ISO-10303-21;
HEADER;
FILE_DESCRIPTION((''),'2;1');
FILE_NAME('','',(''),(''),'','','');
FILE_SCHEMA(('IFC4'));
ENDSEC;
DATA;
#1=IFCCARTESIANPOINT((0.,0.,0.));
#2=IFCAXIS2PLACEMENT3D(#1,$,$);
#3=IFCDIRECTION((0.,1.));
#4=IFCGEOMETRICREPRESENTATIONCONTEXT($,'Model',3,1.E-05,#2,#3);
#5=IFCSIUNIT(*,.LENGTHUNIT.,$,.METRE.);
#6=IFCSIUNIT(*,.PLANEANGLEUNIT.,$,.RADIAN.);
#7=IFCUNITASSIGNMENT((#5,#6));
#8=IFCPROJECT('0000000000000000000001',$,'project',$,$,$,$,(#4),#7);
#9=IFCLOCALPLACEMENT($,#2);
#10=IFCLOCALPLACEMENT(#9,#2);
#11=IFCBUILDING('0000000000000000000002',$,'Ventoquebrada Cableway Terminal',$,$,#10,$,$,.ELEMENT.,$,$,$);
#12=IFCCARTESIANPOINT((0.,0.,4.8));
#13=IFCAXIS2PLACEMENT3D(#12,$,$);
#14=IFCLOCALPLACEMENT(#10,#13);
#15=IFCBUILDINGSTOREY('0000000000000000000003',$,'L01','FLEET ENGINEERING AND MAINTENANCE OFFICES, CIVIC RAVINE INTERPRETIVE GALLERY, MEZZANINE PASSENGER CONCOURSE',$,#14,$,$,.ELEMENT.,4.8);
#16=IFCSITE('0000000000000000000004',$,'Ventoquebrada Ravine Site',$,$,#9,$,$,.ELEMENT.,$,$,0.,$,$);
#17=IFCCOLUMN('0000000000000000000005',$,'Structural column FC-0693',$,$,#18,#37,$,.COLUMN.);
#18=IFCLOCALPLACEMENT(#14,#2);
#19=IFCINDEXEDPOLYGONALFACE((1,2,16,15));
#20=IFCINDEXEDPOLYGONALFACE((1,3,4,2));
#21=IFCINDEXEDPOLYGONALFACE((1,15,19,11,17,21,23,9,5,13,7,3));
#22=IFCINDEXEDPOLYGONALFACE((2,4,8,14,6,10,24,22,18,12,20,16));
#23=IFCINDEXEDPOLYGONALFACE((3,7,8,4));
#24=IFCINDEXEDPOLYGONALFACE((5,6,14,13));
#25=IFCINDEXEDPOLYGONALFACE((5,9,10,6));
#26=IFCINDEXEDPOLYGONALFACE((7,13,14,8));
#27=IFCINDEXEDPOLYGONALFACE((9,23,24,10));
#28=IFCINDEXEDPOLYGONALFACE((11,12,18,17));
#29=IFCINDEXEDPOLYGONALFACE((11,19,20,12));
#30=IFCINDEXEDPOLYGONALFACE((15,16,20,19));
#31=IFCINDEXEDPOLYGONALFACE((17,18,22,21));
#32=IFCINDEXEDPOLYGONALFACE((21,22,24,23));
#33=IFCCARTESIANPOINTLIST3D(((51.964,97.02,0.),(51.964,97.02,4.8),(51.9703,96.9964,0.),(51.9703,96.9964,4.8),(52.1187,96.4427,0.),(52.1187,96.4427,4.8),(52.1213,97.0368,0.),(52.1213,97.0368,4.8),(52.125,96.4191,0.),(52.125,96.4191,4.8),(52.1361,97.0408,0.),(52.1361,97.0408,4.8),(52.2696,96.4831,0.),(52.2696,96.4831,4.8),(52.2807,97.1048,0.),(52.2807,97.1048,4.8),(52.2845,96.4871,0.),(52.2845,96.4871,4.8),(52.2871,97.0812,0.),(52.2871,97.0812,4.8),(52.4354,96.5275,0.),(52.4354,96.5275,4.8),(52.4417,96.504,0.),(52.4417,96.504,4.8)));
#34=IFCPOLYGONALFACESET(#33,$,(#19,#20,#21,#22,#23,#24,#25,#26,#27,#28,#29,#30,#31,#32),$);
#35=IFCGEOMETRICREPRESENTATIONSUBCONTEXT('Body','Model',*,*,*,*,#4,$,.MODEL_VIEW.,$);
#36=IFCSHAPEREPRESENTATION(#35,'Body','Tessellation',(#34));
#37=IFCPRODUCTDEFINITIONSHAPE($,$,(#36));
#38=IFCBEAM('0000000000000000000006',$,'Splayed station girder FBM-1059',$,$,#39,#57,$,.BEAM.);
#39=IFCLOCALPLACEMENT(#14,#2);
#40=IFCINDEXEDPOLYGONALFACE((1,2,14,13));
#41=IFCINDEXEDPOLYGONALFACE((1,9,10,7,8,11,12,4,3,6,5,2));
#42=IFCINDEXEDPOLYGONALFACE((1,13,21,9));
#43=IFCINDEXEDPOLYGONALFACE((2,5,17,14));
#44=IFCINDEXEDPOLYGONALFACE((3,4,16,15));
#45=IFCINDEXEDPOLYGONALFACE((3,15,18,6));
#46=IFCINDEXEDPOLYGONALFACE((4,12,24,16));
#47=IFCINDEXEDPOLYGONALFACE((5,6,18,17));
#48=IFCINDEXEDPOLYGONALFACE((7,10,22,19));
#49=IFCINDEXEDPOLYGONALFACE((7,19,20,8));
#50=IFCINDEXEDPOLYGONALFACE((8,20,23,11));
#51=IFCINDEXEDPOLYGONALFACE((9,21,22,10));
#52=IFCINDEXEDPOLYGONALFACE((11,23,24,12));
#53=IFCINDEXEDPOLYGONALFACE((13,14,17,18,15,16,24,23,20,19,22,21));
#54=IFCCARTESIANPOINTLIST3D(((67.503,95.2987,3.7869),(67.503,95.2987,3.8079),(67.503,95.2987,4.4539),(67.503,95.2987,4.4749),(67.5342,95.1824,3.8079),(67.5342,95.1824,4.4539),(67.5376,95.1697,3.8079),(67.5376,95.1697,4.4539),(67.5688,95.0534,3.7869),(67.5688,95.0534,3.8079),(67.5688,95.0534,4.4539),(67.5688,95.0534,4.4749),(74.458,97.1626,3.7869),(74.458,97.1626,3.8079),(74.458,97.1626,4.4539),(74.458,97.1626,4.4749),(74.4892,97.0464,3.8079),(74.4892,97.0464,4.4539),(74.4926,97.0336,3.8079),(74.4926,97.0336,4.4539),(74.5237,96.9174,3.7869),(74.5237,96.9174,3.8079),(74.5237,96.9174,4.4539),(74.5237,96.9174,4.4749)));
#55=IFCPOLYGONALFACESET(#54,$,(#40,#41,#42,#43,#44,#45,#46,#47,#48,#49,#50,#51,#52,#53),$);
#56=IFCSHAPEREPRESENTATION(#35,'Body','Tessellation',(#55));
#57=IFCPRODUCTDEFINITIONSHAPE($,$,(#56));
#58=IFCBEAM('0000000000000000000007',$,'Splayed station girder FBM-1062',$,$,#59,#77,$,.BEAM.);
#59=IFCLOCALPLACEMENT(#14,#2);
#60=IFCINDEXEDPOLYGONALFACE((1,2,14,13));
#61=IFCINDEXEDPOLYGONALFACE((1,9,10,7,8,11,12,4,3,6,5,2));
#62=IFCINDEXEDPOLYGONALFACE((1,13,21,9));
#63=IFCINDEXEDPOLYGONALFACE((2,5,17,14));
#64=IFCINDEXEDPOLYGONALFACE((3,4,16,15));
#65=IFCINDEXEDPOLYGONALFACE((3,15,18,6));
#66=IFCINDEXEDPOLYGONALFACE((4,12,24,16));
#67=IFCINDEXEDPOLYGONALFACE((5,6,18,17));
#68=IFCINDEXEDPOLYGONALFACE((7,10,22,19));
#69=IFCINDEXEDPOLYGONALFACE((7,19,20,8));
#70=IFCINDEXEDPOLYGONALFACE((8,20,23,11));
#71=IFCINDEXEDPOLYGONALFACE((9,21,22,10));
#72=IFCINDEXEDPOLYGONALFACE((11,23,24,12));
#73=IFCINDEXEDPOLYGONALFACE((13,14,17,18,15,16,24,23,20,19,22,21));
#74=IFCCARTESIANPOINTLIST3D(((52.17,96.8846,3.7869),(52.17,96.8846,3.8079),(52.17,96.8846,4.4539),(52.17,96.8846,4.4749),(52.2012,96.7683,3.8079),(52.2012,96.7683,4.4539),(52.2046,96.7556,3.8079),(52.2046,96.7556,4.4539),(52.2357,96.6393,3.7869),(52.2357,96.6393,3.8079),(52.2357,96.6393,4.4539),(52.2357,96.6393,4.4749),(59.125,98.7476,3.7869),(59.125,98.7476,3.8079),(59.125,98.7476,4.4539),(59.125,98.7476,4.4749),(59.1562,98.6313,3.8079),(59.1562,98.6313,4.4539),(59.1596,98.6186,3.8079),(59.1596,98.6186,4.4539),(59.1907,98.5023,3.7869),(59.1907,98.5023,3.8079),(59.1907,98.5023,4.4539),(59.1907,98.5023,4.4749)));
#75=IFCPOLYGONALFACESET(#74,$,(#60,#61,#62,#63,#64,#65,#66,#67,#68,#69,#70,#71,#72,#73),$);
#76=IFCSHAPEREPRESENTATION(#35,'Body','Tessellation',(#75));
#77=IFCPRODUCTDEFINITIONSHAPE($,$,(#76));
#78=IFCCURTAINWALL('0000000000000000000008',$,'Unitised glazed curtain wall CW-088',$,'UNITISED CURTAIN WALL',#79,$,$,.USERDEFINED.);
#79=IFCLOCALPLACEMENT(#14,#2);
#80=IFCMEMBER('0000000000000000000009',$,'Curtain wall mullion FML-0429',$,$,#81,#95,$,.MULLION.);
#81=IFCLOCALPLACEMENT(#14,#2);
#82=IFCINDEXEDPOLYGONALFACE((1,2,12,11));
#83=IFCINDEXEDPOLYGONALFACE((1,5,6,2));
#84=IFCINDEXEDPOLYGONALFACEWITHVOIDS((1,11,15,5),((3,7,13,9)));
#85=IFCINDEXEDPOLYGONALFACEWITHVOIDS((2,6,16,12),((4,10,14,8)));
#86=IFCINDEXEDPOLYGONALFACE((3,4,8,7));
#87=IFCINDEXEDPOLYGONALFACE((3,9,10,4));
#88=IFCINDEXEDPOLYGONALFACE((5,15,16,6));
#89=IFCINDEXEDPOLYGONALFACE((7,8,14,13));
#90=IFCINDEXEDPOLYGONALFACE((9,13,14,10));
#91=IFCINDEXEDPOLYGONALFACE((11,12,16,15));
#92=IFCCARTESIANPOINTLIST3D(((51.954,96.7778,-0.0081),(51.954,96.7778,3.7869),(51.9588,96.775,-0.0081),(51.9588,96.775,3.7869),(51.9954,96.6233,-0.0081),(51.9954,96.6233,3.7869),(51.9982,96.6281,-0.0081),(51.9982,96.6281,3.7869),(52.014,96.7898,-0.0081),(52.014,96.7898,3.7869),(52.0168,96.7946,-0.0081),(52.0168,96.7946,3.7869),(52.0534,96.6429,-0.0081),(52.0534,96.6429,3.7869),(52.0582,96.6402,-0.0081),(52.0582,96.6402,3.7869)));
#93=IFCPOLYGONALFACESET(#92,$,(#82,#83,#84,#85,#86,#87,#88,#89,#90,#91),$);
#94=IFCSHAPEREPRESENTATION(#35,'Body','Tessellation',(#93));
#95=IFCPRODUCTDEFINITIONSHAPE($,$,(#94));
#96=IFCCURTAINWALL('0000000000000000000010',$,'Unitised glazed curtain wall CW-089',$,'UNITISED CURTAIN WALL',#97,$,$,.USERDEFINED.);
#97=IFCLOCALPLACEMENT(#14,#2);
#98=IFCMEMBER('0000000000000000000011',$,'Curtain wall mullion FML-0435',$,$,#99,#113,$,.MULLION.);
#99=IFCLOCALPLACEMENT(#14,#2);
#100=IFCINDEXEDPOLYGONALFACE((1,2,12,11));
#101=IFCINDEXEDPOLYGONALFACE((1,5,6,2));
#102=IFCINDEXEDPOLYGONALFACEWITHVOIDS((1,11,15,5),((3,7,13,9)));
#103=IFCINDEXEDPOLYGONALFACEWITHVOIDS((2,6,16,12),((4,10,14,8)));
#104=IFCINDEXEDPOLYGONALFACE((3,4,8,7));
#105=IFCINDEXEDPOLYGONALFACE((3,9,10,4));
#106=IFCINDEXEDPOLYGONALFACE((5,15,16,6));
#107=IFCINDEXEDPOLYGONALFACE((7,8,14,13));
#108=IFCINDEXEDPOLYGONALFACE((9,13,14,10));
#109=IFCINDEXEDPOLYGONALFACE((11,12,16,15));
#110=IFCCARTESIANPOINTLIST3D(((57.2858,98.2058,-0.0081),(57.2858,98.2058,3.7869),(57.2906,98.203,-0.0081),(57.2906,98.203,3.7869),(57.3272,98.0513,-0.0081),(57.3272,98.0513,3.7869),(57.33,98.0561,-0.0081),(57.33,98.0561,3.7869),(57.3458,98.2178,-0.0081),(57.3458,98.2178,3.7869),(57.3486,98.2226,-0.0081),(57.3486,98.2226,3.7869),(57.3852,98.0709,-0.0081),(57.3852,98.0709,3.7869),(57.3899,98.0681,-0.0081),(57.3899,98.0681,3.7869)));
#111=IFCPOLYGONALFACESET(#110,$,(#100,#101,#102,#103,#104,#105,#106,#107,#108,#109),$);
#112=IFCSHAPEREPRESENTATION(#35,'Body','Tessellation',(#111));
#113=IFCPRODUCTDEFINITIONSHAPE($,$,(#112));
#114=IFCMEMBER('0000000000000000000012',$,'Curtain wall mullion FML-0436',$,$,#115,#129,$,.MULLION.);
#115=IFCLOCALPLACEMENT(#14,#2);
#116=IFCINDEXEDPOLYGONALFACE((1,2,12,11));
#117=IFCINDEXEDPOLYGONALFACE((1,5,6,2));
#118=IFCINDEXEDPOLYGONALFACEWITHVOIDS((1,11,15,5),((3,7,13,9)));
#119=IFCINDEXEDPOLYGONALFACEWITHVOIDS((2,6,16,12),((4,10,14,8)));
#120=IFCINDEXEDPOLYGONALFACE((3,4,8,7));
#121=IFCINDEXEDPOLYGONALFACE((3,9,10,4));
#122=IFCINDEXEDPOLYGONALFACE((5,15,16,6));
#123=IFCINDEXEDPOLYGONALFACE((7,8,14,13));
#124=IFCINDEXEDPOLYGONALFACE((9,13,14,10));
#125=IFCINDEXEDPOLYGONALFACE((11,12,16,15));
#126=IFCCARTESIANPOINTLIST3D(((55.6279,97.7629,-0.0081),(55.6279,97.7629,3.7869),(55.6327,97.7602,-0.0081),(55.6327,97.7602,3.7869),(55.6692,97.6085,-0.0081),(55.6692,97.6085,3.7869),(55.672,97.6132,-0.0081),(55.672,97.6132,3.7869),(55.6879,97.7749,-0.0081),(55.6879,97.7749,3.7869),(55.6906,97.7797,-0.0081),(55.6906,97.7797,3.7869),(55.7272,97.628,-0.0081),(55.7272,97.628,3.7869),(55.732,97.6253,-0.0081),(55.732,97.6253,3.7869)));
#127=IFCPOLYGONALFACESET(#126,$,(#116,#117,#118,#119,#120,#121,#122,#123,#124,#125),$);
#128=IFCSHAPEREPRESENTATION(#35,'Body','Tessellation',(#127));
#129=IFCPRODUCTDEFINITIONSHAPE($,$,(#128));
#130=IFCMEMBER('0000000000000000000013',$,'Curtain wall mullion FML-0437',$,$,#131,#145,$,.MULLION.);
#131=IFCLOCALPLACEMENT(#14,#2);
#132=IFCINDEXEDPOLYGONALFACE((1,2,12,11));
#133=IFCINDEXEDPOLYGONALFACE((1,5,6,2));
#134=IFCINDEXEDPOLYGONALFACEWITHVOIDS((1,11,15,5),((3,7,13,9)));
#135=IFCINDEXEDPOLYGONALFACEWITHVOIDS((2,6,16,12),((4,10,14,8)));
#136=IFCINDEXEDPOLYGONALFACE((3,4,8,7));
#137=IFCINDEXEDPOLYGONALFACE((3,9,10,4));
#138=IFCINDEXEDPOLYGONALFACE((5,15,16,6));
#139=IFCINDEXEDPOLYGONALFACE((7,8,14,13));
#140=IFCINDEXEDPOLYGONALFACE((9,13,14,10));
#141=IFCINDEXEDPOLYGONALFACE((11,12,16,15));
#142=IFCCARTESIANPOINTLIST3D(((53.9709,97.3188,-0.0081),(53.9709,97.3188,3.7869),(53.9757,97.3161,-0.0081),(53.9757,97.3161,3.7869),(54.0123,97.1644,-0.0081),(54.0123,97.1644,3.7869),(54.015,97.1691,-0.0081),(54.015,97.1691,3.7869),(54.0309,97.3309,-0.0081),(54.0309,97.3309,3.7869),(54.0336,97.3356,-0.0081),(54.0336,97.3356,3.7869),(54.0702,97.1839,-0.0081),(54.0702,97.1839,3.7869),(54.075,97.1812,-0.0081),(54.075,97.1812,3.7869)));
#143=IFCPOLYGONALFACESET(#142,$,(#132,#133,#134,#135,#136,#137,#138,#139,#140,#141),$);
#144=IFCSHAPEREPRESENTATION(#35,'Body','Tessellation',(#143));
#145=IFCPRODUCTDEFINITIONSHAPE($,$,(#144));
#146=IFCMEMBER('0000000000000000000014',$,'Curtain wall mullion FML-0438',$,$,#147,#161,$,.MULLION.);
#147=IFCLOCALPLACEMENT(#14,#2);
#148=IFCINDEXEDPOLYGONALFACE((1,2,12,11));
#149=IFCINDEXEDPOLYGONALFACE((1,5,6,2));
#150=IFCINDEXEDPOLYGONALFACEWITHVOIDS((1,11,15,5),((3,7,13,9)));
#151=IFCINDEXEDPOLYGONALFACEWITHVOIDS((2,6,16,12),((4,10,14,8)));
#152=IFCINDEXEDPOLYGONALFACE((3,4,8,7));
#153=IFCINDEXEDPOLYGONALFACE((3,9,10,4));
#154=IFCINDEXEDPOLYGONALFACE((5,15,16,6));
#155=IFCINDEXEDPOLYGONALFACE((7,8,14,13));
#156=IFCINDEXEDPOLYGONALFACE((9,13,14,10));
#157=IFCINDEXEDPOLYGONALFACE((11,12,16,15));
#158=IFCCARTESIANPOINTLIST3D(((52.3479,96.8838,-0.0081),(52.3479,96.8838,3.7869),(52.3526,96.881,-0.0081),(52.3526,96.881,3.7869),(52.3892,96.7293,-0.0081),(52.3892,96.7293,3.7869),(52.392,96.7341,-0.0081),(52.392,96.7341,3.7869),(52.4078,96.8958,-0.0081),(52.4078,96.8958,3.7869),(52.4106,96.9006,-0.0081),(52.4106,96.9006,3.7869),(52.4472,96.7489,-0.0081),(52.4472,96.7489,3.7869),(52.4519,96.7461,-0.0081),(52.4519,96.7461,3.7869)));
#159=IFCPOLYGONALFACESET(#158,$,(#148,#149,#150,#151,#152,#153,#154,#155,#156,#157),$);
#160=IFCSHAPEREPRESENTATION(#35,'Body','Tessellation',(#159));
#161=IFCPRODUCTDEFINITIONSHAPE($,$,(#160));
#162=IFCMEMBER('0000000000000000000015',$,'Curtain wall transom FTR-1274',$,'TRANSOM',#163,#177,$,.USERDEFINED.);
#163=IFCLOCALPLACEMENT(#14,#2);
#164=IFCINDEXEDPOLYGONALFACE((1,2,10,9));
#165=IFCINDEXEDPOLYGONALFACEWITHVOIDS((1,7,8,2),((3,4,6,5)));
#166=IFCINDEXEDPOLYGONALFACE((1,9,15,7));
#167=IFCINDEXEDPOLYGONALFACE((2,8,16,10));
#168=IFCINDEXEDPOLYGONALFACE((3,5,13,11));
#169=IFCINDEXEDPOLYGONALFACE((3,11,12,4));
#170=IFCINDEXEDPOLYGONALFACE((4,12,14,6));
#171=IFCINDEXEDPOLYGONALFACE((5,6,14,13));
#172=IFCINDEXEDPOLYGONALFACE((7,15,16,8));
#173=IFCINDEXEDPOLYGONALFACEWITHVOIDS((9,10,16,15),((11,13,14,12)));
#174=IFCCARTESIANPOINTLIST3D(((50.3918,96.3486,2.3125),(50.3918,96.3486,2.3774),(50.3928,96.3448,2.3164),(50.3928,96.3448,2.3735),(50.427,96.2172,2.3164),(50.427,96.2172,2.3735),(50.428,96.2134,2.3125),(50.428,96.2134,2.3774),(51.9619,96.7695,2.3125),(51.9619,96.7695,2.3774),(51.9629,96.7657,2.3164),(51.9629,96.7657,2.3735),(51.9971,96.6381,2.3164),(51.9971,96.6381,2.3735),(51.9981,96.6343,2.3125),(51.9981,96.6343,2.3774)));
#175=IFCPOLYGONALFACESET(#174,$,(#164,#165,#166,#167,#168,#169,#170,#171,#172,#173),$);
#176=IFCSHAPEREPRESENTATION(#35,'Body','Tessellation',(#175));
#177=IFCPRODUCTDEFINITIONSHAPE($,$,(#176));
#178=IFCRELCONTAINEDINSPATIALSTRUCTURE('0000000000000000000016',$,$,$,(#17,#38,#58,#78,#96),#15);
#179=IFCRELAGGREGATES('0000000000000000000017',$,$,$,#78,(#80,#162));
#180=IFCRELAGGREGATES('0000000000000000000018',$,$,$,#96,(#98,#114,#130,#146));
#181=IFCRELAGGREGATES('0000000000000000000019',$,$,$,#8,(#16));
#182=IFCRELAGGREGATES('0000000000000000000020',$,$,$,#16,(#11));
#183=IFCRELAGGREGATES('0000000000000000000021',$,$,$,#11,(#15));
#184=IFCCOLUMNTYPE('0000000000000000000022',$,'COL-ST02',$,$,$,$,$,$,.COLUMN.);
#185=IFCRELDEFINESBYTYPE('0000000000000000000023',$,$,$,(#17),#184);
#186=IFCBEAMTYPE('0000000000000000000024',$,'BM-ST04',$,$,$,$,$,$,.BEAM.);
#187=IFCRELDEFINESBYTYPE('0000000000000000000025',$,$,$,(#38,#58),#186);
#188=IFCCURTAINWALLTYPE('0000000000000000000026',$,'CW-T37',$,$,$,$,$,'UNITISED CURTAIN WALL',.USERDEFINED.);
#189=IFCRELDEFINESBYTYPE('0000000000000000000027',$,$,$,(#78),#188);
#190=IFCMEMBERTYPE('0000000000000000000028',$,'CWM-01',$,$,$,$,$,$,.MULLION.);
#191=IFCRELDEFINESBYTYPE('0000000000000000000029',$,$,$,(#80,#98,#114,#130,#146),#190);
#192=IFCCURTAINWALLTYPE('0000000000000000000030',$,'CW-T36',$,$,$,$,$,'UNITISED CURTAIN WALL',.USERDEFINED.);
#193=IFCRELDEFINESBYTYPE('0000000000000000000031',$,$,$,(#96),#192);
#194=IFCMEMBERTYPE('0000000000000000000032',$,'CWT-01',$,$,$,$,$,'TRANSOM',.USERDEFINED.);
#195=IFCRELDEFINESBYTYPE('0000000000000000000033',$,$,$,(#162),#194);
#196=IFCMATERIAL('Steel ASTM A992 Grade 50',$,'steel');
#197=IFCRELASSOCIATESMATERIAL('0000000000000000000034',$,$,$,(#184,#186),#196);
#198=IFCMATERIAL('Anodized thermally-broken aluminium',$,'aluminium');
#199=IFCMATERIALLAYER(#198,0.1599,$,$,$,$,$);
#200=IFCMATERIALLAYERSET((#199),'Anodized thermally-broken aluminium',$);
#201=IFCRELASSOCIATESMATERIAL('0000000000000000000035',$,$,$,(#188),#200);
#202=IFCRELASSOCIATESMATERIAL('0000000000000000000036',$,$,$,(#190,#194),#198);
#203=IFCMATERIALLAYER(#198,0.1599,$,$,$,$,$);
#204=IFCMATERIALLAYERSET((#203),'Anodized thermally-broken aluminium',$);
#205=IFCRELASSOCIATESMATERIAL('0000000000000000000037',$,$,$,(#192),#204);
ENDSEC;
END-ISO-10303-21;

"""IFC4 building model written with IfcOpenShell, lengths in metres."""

from ifc_helpers import new_model, si_unit, direction, frame, origin, origin_2d, place, context, subcontext, project, spatial, hollow_rectangle, i_section, extrude, material, layer, layer_set, material_profile, profile_set, type_object, element, aggregate, save


model = new_model("IFC4")

# Units and contexts
model_context = context("Model", 3, precision=1e-05, world=origin(), true_north=direction((0.0, 1.0)))
body_context = subcontext(model_context, "Body", "Model", "MODEL_VIEW")
ifc_project = project(units=[si_unit("LENGTHUNIT", "METRE"), si_unit("PLANEANGLEUNIT", "RADIAN")], contexts=[model_context])

# Site, building, storey
site_placement = place(None, origin())
site = spatial("IfcSite", under=ifc_project, at=site_placement, Name="Ventoquebrada Ravine Site", CompositionType="ELEMENT", RefElevation=0.0)
building_placement = place(site_placement, origin())
building = spatial("IfcBuilding", under=site, at=building_placement, Name="Ventoquebrada Cableway Terminal", CompositionType="ELEMENT")
storey_placement = place(building_placement, frame((0.0, 0.0, 4.8)))
storey = spatial("IfcBuildingStorey", under=building, at=storey_placement, Name="L01", Description="FLEET ENGINEERING AND MAINTENANCE OFFICES, CIVIC RAVINE INTERPRETIVE GALLERY, MEZZANINE PASSENGER CONCOURSE", CompositionType="ELEMENT", Elevation=4.8)

# Column
ifc_material_1 = material(Name="Steel ASTM A992 Grade 50", Category="steel")
ifc_material_profile_1 = material_profile(ifc_material_1, i_section(OverallWidth=0.3279, OverallDepth=0.6221, WebThickness=0.0154, FlangeThickness=0.0244, at=origin_2d()), Name="W24X131")
ifc_profile_set_1 = profile_set([ifc_material_profile_1], Name="Steel ASTM A992 Grade 50")
column_type = type_object("IfcColumnType", Name="COL-ST02", PredefinedType="COLUMN", material=ifc_profile_set_1)
column_placement = place(storey_placement, frame((52.2029, 96.762, 0.0), z_axis=(0.0, 0.0, 1.0), x_axis=(0.965926, 0.258819, 0.0)))
element("IfcColumn", 1, at=column_placement, inside=storey, type_object=column_type, Name="Structural column FC-0693", PredefinedType="COLUMN", context=body_context, shape_type="SweptSolid", body=[
    extrude(i_section(OverallWidth=0.3279, OverallDepth=0.6221, WebThickness=0.0154, FlangeThickness=0.0244, at=origin_2d()), origin(), (0.0, 0.0, 1.0), 4.8),
])

# Beams
ifc_material_profile_2 = material_profile(ifc_material_1, i_section(OverallWidth=0.2539, OverallDepth=0.688, WebThickness=0.0132, FlangeThickness=0.021, at=origin_2d()), Name="W27X102")
ifc_profile_set_2 = profile_set([ifc_material_profile_2], Name="Steel ASTM A992 Grade 50")
beam_type_1 = type_object("IfcBeamType", Name="BM-ST04", PredefinedType="BEAM", material=ifc_profile_set_2)
beam_1_placement = place(storey_placement, frame((67.5359, 95.176, 4.1309), z_axis=(0.965912, 0.258872, 0.0), x_axis=(-0.258872, 0.965912, 0.0)))
element("IfcBeam", 2, at=beam_1_placement, inside=storey, type_object=beam_type_1, Name="Splayed station girder FBM-1059", PredefinedType="BEAM", context=body_context, shape_type="SweptSolid", body=[
    extrude(i_section(OverallWidth=0.2539, OverallDepth=0.688, WebThickness=0.0132, FlangeThickness=0.021, at=origin_2d()), origin(), (0.0, 0.0, 1.0), 7.2004),
])
beam_2_placement = place(storey_placement, frame((52.2029, 96.762, 4.1309), z_axis=(0.965946, 0.258745, 0.0), x_axis=(-0.258745, 0.965946, 0.0)))
element("IfcBeam", 3, at=beam_2_placement, inside=storey, type_object=beam_type_1, Name="Splayed station girder FBM-1062", PredefinedType="BEAM", context=body_context, shape_type="SweptSolid", body=[
    extrude(i_section(OverallWidth=0.2539, OverallDepth=0.688, WebThickness=0.0132, FlangeThickness=0.021, at=origin_2d()), origin(), (0.0, 0.0, 1.0), 7.2002),
])

# Curtain wall, member
ifc_material_2 = material(Name="Anodized thermally-broken aluminium", Category="aluminium")
ifc_layer_1 = layer(ifc_material_2, 0.1599)
ifc_layer_set_1 = layer_set([ifc_layer_1], Name="Anodized thermally-broken aluminium")
curtain_wall_type_1 = type_object("IfcCurtainWallType", Name="CW-T37", ElementType="UNITISED CURTAIN WALL", PredefinedType="USERDEFINED", material=ifc_layer_set_1)
curtain_wall_1_placement = place(storey_placement, origin())
curtain_wall_1 = element("IfcCurtainWall", 4, at=curtain_wall_1_placement, inside=storey, type_object=curtain_wall_type_1, Name="Unitised glazed curtain wall CW-088", ObjectType="UNITISED CURTAIN WALL", PredefinedType="USERDEFINED")
ifc_material_profile_3 = material_profile(ifc_material_2, hollow_rectangle(XDim=0.0649, YDim=0.1599, WallThickness=0.0039, at=origin_2d()), Name="CW-MUL-65X160")
ifc_profile_set_3 = profile_set([ifc_material_profile_3], Name="Anodized thermally-broken aluminium")
member_type_1 = type_object("IfcMemberType", Name="CWM-01", PredefinedType="MULLION", material=ifc_profile_set_3)
member_1_placement = place(storey_placement, frame((52.0061, 96.709, -0.0081), z_axis=(0.0, 0.0, 1.0), x_axis=(-0.965926, -0.258819, 0.0)))
member_1 = element("IfcMember", 5, at=member_1_placement, type_object=member_type_1, Name="Curtain wall mullion FML-0429", PredefinedType="MULLION", context=body_context, shape_type="SweptSolid", body=[
    extrude(hollow_rectangle(XDim=0.0649, YDim=0.1599, WallThickness=0.0039, at=origin_2d()), origin(), (0.0, 0.0, 1.0), 3.7949),
])

# Curtain wall, members
ifc_layer_2 = layer(ifc_material_2, 0.1599)
ifc_layer_set_2 = layer_set([ifc_layer_2], Name="Anodized thermally-broken aluminium")
curtain_wall_type_2 = type_object("IfcCurtainWallType", Name="CW-T36", ElementType="UNITISED CURTAIN WALL", PredefinedType="USERDEFINED", material=ifc_layer_set_2)
curtain_wall_2_placement = place(storey_placement, origin())
curtain_wall_2 = element("IfcCurtainWall", 6, at=curtain_wall_2_placement, inside=storey, type_object=curtain_wall_type_2, Name="Unitised glazed curtain wall CW-089", ObjectType="UNITISED CURTAIN WALL", PredefinedType="USERDEFINED")
member_2_placement = place(storey_placement, frame((57.3379, 98.137, -0.0081), z_axis=(0.0, 0.0, 1.0), x_axis=(-0.965971, -0.25865, 0.0)))
member_2 = element("IfcMember", 7, at=member_2_placement, type_object=member_type_1, Name="Curtain wall mullion FML-0435", PredefinedType="MULLION", context=body_context, shape_type="SweptSolid", body=[
    extrude(hollow_rectangle(XDim=0.0649, YDim=0.1599, WallThickness=0.0039, at=origin_2d()), origin(), (0.0, 0.0, 1.0), 3.7949),
])
member_3_placement = place(storey_placement, frame((55.6799, 97.6941, -0.0081), z_axis=(0.0, 0.0, 1.0), x_axis=(-0.965971, -0.25865, 0.0)))
member_3 = element("IfcMember", 8, at=member_3_placement, type_object=member_type_1, Name="Curtain wall mullion FML-0436", PredefinedType="MULLION", context=body_context, shape_type="SweptSolid", body=[
    extrude(hollow_rectangle(XDim=0.0649, YDim=0.1599, WallThickness=0.0039, at=origin_2d()), origin(), (0.0, 0.0, 1.0), 3.7949),
])
member_4_placement = place(storey_placement, frame((54.0229, 97.25, -0.0081), z_axis=(0.0, 0.0, 1.0), x_axis=(-0.965971, -0.25865, 0.0)))
member_4 = element("IfcMember", 9, at=member_4_placement, type_object=member_type_1, Name="Curtain wall mullion FML-0437", PredefinedType="MULLION", context=body_context, shape_type="SweptSolid", body=[
    extrude(hollow_rectangle(XDim=0.0649, YDim=0.1599, WallThickness=0.0039, at=origin_2d()), origin(), (0.0, 0.0, 1.0), 3.7949),
])
member_5_placement = place(storey_placement, frame((52.3999, 96.8149, -0.0081), z_axis=(0.0, 0.0, 1.0), x_axis=(-0.965971, -0.25865, 0.0)))
member_5 = element("IfcMember", 10, at=member_5_placement, type_object=member_type_1, Name="Curtain wall mullion FML-0438", PredefinedType="MULLION", context=body_context, shape_type="SweptSolid", body=[
    extrude(hollow_rectangle(XDim=0.0649, YDim=0.1599, WallThickness=0.0039, at=origin_2d()), origin(), (0.0, 0.0, 1.0), 3.7949),
])

# Member
ifc_material_profile_4 = material_profile(ifc_material_2, hollow_rectangle(XDim=0.0649, YDim=0.1399, WallThickness=0.0039, at=origin_2d()), Name="CW-TRN-65X140")
ifc_profile_set_4 = profile_set([ifc_material_profile_4], Name="Anodized thermally-broken aluminium")
member_type_2 = type_object("IfcMemberType", Name="CWT-01", ElementType="TRANSOM", PredefinedType="USERDEFINED", material=ifc_profile_set_4)
member_6_placement = place(storey_placement, frame((51.98, 96.7019, 2.345), z_axis=(-0.965895, -0.258934, 0.0), x_axis=(0.0, 0.0, 1.0)))
member_6 = element("IfcMember", 11, at=member_6_placement, type_object=member_type_2, Name="Curtain wall transom FTR-1274", ObjectType="TRANSOM", PredefinedType="USERDEFINED", context=body_context, shape_type="SweptSolid", body=[
    extrude(hollow_rectangle(XDim=0.0649, YDim=0.1399, WallThickness=0.0039, at=origin_2d()), origin(), (0.0, 0.0, 1.0), 1.6255),
])
aggregate(curtain_wall_1, [member_1, member_6])

aggregate(curtain_wall_2, [member_2, member_3, member_4, member_5])

save(model, "model.ifc")
